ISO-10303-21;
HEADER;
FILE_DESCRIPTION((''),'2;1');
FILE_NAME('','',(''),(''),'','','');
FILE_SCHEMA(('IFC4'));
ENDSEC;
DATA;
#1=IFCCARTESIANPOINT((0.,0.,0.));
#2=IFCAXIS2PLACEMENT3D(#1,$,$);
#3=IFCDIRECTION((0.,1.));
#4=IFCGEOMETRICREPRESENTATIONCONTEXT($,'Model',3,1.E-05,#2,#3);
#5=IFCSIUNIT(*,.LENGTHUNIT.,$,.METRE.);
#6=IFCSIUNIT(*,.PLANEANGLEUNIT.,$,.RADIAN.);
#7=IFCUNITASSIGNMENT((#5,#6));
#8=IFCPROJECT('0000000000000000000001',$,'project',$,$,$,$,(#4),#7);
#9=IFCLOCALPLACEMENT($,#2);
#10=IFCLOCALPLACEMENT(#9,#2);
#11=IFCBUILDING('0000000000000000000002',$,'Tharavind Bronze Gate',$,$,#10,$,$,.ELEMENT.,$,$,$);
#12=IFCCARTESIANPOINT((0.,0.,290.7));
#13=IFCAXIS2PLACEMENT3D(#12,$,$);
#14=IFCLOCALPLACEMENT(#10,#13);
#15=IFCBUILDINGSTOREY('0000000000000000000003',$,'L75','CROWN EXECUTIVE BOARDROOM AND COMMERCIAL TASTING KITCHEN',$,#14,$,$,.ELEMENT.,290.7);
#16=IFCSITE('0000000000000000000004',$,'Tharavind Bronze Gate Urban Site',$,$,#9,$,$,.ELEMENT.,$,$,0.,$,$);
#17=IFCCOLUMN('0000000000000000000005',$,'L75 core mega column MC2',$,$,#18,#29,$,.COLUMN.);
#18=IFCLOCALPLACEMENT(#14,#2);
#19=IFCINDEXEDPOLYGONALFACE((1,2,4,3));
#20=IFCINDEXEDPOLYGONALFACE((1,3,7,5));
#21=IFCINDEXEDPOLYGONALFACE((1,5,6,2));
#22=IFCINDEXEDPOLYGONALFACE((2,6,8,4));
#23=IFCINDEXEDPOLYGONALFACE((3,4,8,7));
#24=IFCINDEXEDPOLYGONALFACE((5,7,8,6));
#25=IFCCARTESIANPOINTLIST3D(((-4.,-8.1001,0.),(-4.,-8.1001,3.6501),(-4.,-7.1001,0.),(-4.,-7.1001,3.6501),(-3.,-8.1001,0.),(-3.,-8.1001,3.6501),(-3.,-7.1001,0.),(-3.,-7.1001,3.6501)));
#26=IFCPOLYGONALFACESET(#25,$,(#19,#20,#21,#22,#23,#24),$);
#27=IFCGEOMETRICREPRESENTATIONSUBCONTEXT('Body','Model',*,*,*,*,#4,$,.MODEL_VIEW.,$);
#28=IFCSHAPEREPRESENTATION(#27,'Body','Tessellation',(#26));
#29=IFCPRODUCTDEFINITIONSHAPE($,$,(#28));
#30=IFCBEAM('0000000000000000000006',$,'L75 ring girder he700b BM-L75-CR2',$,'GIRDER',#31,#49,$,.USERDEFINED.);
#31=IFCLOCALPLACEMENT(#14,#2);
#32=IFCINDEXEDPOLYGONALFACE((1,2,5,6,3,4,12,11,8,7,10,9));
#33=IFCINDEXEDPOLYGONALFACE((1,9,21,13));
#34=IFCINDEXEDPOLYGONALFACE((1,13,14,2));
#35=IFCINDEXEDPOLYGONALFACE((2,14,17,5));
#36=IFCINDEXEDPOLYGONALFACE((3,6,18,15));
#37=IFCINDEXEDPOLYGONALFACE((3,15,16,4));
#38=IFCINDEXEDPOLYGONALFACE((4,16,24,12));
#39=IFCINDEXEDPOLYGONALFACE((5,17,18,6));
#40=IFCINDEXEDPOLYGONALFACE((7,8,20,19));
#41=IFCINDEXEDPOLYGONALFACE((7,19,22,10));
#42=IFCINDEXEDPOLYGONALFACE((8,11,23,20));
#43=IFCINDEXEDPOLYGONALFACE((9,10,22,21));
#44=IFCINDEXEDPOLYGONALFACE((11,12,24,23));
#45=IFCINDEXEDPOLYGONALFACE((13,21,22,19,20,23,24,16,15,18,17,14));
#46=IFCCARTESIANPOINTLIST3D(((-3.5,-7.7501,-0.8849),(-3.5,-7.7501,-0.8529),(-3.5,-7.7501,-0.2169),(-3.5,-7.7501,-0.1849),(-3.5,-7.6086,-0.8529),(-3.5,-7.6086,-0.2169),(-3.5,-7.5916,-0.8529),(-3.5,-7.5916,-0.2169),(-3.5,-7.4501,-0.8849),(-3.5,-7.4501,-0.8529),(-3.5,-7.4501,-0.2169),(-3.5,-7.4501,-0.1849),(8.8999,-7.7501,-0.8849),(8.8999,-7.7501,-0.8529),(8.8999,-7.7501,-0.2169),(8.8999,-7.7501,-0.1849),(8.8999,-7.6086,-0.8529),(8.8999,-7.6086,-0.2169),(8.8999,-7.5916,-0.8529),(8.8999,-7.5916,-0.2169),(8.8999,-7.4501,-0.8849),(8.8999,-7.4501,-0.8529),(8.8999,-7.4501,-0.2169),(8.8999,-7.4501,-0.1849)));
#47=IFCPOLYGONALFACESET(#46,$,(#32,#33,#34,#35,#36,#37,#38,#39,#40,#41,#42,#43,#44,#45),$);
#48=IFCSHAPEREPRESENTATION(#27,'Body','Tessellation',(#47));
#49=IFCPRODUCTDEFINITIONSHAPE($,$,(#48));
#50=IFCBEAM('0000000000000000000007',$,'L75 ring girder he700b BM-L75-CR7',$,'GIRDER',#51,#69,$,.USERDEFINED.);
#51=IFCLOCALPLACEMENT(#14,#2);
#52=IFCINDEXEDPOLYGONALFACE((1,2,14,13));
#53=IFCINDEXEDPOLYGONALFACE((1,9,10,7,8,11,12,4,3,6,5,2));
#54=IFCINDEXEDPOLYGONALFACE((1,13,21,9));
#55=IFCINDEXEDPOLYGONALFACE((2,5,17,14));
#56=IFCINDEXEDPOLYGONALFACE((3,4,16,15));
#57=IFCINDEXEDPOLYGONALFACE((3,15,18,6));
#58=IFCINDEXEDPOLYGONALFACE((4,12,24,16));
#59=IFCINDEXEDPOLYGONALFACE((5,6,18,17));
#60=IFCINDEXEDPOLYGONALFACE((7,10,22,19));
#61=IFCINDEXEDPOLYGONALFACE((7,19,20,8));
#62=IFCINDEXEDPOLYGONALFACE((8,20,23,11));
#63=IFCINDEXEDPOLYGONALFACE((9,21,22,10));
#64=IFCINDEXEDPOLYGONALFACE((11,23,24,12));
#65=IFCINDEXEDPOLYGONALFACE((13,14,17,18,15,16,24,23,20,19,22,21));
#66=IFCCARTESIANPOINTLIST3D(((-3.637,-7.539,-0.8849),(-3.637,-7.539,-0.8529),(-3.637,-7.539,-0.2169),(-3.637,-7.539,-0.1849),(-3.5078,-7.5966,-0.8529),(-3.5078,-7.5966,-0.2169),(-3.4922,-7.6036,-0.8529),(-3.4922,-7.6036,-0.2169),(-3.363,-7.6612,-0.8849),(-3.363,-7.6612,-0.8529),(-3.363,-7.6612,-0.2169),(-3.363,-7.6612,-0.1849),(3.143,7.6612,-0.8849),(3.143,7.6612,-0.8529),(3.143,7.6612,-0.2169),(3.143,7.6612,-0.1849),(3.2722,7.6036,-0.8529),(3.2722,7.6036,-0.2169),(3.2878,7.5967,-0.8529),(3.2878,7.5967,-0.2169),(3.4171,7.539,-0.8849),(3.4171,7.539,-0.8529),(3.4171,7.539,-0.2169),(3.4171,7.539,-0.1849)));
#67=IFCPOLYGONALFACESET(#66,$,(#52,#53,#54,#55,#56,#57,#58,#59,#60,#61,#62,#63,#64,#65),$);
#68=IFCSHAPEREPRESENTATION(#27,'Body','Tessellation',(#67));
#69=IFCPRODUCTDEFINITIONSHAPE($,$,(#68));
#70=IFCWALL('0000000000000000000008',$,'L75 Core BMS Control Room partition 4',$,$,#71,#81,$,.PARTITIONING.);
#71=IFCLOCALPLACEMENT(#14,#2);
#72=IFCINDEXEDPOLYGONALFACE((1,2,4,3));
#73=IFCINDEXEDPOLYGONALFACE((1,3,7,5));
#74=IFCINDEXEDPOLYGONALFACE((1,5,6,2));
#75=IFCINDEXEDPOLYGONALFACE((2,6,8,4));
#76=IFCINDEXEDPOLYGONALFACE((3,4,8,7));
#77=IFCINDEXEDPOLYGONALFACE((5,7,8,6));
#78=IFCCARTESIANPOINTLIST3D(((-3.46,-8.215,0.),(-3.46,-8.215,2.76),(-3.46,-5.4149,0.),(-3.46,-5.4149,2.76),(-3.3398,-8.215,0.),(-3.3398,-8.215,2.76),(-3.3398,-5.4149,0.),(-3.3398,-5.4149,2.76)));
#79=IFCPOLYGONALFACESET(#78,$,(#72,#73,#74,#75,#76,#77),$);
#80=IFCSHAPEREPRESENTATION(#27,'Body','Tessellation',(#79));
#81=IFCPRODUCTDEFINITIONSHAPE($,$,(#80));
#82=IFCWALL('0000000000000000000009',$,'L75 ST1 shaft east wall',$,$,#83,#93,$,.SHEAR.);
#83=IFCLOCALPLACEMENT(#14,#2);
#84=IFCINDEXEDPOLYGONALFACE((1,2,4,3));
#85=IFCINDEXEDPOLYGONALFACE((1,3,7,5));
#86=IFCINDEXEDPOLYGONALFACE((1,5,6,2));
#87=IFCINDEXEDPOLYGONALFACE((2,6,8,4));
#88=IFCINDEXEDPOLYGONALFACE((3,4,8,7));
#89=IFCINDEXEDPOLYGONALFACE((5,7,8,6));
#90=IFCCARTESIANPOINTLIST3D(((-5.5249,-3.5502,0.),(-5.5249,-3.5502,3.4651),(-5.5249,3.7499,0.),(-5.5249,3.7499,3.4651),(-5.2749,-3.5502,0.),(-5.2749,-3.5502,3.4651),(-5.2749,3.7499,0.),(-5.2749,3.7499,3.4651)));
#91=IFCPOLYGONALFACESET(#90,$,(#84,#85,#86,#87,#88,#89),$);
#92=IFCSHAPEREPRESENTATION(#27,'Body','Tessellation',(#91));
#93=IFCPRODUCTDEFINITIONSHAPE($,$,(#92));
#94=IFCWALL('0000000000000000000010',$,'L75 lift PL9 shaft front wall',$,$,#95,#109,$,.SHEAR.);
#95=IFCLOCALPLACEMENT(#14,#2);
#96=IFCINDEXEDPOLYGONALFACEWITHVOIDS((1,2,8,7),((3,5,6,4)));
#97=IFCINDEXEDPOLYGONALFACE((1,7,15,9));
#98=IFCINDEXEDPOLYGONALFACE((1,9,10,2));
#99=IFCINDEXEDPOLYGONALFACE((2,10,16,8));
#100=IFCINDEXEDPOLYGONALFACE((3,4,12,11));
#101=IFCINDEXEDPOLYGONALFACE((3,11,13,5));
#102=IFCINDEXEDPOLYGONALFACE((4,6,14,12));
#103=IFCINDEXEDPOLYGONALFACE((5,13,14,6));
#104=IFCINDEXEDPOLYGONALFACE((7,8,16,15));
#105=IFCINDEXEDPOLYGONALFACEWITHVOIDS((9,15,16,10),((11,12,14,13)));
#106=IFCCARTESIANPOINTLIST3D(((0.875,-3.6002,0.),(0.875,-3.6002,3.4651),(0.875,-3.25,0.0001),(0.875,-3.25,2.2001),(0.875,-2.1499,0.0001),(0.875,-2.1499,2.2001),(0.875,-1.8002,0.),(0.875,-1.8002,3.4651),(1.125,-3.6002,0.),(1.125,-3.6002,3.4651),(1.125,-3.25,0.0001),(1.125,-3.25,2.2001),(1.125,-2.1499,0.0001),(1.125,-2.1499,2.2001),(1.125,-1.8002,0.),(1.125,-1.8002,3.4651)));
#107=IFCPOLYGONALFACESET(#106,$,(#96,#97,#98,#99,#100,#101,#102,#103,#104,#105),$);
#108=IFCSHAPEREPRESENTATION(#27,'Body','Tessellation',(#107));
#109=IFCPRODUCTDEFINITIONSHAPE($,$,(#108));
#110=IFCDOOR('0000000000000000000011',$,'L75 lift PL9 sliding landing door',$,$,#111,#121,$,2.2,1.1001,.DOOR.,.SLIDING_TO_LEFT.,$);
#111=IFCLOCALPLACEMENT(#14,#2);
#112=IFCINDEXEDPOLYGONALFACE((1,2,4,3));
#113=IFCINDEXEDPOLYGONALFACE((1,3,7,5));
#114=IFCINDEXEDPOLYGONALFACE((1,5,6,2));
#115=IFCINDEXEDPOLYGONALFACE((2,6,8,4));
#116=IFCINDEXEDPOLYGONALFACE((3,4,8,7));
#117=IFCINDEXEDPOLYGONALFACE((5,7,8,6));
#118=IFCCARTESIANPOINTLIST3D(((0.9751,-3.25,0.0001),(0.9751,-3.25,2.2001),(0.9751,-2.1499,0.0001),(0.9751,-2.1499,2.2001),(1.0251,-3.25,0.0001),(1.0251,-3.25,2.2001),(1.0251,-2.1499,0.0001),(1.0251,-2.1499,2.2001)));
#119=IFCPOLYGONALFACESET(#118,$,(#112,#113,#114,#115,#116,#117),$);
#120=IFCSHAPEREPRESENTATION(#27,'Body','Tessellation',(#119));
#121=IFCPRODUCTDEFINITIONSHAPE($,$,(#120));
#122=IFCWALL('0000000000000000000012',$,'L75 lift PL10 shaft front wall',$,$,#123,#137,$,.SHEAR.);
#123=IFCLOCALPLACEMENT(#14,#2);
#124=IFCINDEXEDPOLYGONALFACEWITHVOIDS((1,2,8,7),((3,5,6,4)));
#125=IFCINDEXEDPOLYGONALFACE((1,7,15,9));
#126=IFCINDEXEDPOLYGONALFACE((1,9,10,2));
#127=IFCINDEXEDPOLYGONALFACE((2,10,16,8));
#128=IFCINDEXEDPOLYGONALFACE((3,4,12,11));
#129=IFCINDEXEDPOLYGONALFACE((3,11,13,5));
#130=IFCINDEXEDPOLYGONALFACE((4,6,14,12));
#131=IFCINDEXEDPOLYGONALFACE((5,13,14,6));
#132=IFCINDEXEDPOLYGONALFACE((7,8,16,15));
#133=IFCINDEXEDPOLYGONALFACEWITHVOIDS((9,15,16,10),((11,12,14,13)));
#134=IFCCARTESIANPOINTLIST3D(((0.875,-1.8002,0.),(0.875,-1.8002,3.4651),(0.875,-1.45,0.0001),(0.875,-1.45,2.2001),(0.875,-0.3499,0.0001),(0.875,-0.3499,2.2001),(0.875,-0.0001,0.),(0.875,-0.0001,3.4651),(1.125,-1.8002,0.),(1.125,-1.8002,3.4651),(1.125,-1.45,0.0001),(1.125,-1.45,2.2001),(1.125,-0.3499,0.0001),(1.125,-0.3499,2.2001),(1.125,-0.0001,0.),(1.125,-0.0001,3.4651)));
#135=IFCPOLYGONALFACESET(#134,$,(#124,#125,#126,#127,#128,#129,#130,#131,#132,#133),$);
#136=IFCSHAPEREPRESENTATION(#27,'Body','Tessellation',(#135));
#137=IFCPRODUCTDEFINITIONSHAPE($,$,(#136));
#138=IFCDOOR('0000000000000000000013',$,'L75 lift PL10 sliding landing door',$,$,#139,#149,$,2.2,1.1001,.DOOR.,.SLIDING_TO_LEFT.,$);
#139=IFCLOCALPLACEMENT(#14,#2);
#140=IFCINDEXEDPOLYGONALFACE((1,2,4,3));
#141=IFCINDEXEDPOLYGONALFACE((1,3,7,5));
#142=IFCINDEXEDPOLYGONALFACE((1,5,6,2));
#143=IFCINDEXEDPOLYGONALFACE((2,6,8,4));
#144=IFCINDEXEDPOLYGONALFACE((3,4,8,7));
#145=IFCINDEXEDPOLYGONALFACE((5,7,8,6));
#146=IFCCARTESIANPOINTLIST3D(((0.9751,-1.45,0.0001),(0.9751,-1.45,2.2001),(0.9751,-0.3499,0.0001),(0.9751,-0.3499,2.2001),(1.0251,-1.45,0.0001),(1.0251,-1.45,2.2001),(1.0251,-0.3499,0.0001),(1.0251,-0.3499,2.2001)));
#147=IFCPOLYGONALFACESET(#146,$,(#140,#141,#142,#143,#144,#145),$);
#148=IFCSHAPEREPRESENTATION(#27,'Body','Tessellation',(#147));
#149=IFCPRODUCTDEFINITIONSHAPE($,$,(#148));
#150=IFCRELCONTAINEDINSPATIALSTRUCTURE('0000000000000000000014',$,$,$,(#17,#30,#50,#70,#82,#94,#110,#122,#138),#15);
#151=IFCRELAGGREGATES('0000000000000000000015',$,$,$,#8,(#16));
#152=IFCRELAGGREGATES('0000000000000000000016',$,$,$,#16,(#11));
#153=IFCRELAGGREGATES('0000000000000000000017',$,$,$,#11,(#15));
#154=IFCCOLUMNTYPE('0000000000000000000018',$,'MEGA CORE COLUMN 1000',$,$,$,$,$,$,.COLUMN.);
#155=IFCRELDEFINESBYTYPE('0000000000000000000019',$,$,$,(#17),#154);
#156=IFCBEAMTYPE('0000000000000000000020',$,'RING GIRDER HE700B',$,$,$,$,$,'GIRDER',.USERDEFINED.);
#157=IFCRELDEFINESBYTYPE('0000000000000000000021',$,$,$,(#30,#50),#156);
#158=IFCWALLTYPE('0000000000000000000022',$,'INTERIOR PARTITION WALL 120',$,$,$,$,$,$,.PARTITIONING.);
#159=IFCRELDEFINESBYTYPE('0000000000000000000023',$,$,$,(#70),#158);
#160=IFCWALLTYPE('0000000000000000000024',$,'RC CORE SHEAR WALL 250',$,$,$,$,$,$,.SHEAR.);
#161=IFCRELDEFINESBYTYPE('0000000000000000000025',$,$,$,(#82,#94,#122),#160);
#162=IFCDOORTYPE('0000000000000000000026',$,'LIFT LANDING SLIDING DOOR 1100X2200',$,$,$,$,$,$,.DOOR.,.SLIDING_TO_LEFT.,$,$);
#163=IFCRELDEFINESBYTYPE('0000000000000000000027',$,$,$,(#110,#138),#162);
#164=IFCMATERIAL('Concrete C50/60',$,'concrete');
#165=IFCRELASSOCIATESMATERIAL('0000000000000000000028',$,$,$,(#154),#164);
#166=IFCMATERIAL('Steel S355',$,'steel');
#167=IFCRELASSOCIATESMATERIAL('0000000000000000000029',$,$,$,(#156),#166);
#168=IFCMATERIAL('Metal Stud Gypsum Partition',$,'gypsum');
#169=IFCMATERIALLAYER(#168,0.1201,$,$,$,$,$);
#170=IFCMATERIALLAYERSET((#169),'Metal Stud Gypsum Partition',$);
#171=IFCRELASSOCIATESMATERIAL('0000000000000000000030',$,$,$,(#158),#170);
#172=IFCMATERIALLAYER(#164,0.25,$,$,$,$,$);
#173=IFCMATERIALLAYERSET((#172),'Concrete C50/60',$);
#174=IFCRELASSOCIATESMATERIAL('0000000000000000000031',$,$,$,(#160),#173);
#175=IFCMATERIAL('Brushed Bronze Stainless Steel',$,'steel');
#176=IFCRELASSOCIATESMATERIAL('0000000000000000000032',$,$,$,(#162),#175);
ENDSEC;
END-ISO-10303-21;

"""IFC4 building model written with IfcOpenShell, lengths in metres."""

from ifc_helpers import new_model, si_unit, direction, frame, frame_2d, origin, origin_2d, place, context, subcontext, project, spatial, rectangle, i_section, extrude, material, layer, layer_set, material_profile, profile_set, type_object, element, fill, save


model = new_model("IFC4")

# Units and contexts
model_context = context("Model", 3, precision=1e-05, world=origin(), true_north=direction((0.0, 1.0)))
body_context = subcontext(model_context, "Body", "Model", "MODEL_VIEW")
ifc_project = project(units=[si_unit("LENGTHUNIT", "METRE"), si_unit("PLANEANGLEUNIT", "RADIAN")], contexts=[model_context])

# Site, building, storey
site_placement = place(None, origin())
site = spatial("IfcSite", under=ifc_project, at=site_placement, Name="Tharavind Bronze Gate Urban Site", CompositionType="ELEMENT", RefElevation=0.0)
building_placement = place(site_placement, origin())
building = spatial("IfcBuilding", under=site, at=building_placement, Name="Tharavind Bronze Gate", CompositionType="ELEMENT")
storey_placement = place(building_placement, frame((0.0, 0.0, 290.7)))
storey = spatial("IfcBuildingStorey", under=building, at=storey_placement, Name="L75", Description="CROWN EXECUTIVE BOARDROOM AND COMMERCIAL TASTING KITCHEN", CompositionType="ELEMENT", Elevation=290.7)

# Column
ifc_material_1 = material(Name="Concrete C50/60", Category="concrete")
ifc_material_profile_1 = material_profile(ifc_material_1, rectangle(XDim=1.0, YDim=1.0, at=origin_2d()), Name="RCCOL1000")
ifc_profile_set_1 = profile_set([ifc_material_profile_1], Name="Concrete C50/60")
column_type = type_object("IfcColumnType", Name="MEGA CORE COLUMN 1000", PredefinedType="COLUMN", material=ifc_profile_set_1)
column_placement = place(storey_placement, frame((-3.5, -7.6001, 0.0), z_axis=(0.0, 0.0, 1.0), x_axis=(1.0, 0.0, 0.0)))
element("IfcColumn", 1, at=column_placement, inside=storey, type_object=column_type, Name="L75 core mega column MC2", PredefinedType="COLUMN", context=body_context, shape_type="SweptSolid", body=[
    extrude(rectangle(XDim=1.0, YDim=1.0, at=origin_2d()), origin(), (0.0, 0.0, 1.0), 3.6501),
])

# Beams
ifc_material_2 = material(Name="Steel S355", Category="steel")
ifc_material_profile_2 = material_profile(ifc_material_2, i_section(OverallWidth=0.3, OverallDepth=0.7, WebThickness=0.0171, FlangeThickness=0.032, at=origin_2d()), Name="HE700B")
ifc_profile_set_2 = profile_set([ifc_material_profile_2], Name="Steel S355")
beam_type = type_object("IfcBeamType", Name="RING GIRDER HE700B", ElementType="GIRDER", PredefinedType="USERDEFINED", material=ifc_profile_set_2)
beam_1_placement = place(storey_placement, frame((-3.5, -7.6001, -0.5349), z_axis=(1.0, 0.0, 0.0), x_axis=(0.0, 1.0, 0.0)))
element("IfcBeam", 2, at=beam_1_placement, inside=storey, type_object=beam_type, Name="L75 ring girder he700b BM-L75-CR2", ObjectType="GIRDER", PredefinedType="USERDEFINED", context=body_context, shape_type="SweptSolid", body=[
    extrude(i_section(OverallWidth=0.3, OverallDepth=0.7, WebThickness=0.0171, FlangeThickness=0.032, at=origin_2d()), origin(), (0.0, 0.0, 1.0), 12.3999),
])
beam_2_placement = place(storey_placement, frame((-3.5, -7.6001, -0.5349), z_axis=(0.407362, 0.913267, 0.0), x_axis=(-0.913267, 0.407362, 0.0)))
element("IfcBeam", 3, at=beam_2_placement, inside=storey, type_object=beam_type, Name="L75 ring girder he700b BM-L75-CR7", ObjectType="GIRDER", PredefinedType="USERDEFINED", context=body_context, shape_type="SweptSolid", body=[
    extrude(i_section(OverallWidth=0.3, OverallDepth=0.7, WebThickness=0.0171, FlangeThickness=0.032, at=origin_2d()), origin(), (0.0, 0.0, 1.0), 16.6438),
])

# Walls
ifc_material_3 = material(Name="Metal Stud Gypsum Partition", Category="gypsum")
ifc_layer_1 = layer(ifc_material_3, 0.1201)
ifc_layer_set_1 = layer_set([ifc_layer_1], Name="Metal Stud Gypsum Partition")
wall_type_1 = type_object("IfcWallType", Name="INTERIOR PARTITION WALL 120", PredefinedType="PARTITIONING", material=ifc_layer_set_1)
wall_1_placement = place(storey_placement, frame((-3.3999, -5.415, 0.0), z_axis=(0.0, 0.0, 1.0), x_axis=(0.0, -1.0, 0.0)))
element("IfcWall", 4, at=wall_1_placement, inside=storey, type_object=wall_type_1, Name="L75 Core BMS Control Room partition 4", PredefinedType="PARTITIONING", context=body_context, shape_type="SweptSolid", body=[
    extrude(rectangle(XDim=2.8, YDim=0.1201, at=frame_2d((1.3999, 0.0))), origin(), (0.0, 0.0, 1.0), 2.76),
])
ifc_layer_2 = layer(ifc_material_1, 0.25)
ifc_layer_set_2 = layer_set([ifc_layer_2], Name="Concrete C50/60")
wall_type_2 = type_object("IfcWallType", Name="RC CORE SHEAR WALL 250", PredefinedType="SHEAR", material=ifc_layer_set_2)
wall_2_placement = place(storey_placement, frame((-5.3999, -3.55, 0.0), z_axis=(0.0, 0.0, 1.0), x_axis=(0.0, 1.0, 0.0)))
element("IfcWall", 5, at=wall_2_placement, inside=storey, type_object=wall_type_2, Name="L75 ST1 shaft east wall", PredefinedType="SHEAR", context=body_context, shape_type="SweptSolid", body=[
    extrude(rectangle(XDim=7.3, YDim=0.25, at=frame_2d((3.6499, 0.0))), origin(), (0.0, 0.0, 1.0), 3.4651),
])

# Walls, openings, doors
wall_3_placement = place(storey_placement, frame((1.0, -3.6001, 0.0), z_axis=(0.0, 0.0, 1.0), x_axis=(0.0, 1.0, 0.0)))
wall_3 = element("IfcWall", 6, at=wall_3_placement, inside=storey, type_object=wall_type_2, Name="L75 lift PL9 shaft front wall", PredefinedType="SHEAR", context=body_context, shape_type="SweptSolid", body=[
    extrude(rectangle(XDim=1.8, YDim=0.25, at=frame_2d((0.8999, 0.0))), origin(), (0.0, 0.0, 1.0), 3.4651),
])
opening_1_placement = place(wall_3_placement, frame((0.3501, 0.0, 0.0)))
opening_1 = element("IfcOpeningElement", 7, at=opening_1_placement, cuts=wall_3, PredefinedType="OPENING", context=body_context, shape_type="SweptSolid", body=[
    extrude(rectangle(XDim=1.1001, YDim=2.2, at=frame_2d((0.55, 1.1001))), frame((0.0, 0.135, 0.0), z_axis=(0.0, -1.0, 0.0), x_axis=(1.0, 0.0, 0.0)), (0.0, 0.0, 1.0), 0.27),
])
ifc_material_4 = material(Name="Brushed Bronze Stainless Steel", Category="steel")
door_type_1 = type_object("IfcDoorType", Name="LIFT LANDING SLIDING DOOR 1100X2200", OperationType="SLIDING_TO_LEFT", PredefinedType="DOOR", material=ifc_material_4)
door_1_placement = place(opening_1_placement, origin())
door_1 = element("IfcDoor", 8, at=door_1_placement, inside=storey, type_object=door_type_1, Name="L75 lift PL9 sliding landing door", OperationType="SLIDING_TO_LEFT", OverallHeight=2.2, OverallWidth=1.1001, PredefinedType="DOOR", context=body_context, shape_type="SweptSolid", body=[
    extrude(rectangle(XDim=1.1001, YDim=2.2, at=frame_2d((0.55, 1.1001))), frame((0.0, 0.0249, 0.0), z_axis=(0.0, -1.0, 0.0), x_axis=(1.0, 0.0, 0.0)), (0.0, 0.0, 1.0), 0.05),
])
fill(opening_1, door_1)
wall_4_placement = place(storey_placement, frame((1.0, -1.8, 0.0), z_axis=(0.0, 0.0, 1.0), x_axis=(0.0, 1.0, 0.0)))
wall_4 = element("IfcWall", 9, at=wall_4_placement, inside=storey, type_object=wall_type_2, Name="L75 lift PL10 shaft front wall", PredefinedType="SHEAR", context=body_context, shape_type="SweptSolid", body=[
    extrude(rectangle(XDim=1.8, YDim=0.25, at=frame_2d((0.8999, 0.0))), origin(), (0.0, 0.0, 1.0), 3.4651),
])
opening_2_placement = place(wall_4_placement, frame((0.3501, 0.0, 0.0)))
opening_2 = element("IfcOpeningElement", 10, at=opening_2_placement, cuts=wall_4, PredefinedType="OPENING", context=body_context, shape_type="SweptSolid", body=[
    extrude(rectangle(XDim=1.1001, YDim=2.2, at=frame_2d((0.55, 1.1001))), frame((0.0, 0.135, 0.0), z_axis=(0.0, -1.0, 0.0), x_axis=(1.0, 0.0, 0.0)), (0.0, 0.0, 1.0), 0.27),
])
door_2_placement = place(opening_2_placement, origin())
door_2 = element("IfcDoor", 11, at=door_2_placement, inside=storey, type_object=door_type_1, Name="L75 lift PL10 sliding landing door", OperationType="SLIDING_TO_LEFT", OverallHeight=2.2, OverallWidth=1.1001, PredefinedType="DOOR", context=body_context, shape_type="SweptSolid", body=[
    extrude(rectangle(XDim=1.1001, YDim=2.2, at=frame_2d((0.55, 1.1001))), frame((0.0, 0.0249, 0.0), z_axis=(0.0, -1.0, 0.0), x_axis=(1.0, 0.0, 0.0)), (0.0, 0.0, 1.0), 0.05),
])
fill(opening_2, door_2)

save(model, "model.ifc")
